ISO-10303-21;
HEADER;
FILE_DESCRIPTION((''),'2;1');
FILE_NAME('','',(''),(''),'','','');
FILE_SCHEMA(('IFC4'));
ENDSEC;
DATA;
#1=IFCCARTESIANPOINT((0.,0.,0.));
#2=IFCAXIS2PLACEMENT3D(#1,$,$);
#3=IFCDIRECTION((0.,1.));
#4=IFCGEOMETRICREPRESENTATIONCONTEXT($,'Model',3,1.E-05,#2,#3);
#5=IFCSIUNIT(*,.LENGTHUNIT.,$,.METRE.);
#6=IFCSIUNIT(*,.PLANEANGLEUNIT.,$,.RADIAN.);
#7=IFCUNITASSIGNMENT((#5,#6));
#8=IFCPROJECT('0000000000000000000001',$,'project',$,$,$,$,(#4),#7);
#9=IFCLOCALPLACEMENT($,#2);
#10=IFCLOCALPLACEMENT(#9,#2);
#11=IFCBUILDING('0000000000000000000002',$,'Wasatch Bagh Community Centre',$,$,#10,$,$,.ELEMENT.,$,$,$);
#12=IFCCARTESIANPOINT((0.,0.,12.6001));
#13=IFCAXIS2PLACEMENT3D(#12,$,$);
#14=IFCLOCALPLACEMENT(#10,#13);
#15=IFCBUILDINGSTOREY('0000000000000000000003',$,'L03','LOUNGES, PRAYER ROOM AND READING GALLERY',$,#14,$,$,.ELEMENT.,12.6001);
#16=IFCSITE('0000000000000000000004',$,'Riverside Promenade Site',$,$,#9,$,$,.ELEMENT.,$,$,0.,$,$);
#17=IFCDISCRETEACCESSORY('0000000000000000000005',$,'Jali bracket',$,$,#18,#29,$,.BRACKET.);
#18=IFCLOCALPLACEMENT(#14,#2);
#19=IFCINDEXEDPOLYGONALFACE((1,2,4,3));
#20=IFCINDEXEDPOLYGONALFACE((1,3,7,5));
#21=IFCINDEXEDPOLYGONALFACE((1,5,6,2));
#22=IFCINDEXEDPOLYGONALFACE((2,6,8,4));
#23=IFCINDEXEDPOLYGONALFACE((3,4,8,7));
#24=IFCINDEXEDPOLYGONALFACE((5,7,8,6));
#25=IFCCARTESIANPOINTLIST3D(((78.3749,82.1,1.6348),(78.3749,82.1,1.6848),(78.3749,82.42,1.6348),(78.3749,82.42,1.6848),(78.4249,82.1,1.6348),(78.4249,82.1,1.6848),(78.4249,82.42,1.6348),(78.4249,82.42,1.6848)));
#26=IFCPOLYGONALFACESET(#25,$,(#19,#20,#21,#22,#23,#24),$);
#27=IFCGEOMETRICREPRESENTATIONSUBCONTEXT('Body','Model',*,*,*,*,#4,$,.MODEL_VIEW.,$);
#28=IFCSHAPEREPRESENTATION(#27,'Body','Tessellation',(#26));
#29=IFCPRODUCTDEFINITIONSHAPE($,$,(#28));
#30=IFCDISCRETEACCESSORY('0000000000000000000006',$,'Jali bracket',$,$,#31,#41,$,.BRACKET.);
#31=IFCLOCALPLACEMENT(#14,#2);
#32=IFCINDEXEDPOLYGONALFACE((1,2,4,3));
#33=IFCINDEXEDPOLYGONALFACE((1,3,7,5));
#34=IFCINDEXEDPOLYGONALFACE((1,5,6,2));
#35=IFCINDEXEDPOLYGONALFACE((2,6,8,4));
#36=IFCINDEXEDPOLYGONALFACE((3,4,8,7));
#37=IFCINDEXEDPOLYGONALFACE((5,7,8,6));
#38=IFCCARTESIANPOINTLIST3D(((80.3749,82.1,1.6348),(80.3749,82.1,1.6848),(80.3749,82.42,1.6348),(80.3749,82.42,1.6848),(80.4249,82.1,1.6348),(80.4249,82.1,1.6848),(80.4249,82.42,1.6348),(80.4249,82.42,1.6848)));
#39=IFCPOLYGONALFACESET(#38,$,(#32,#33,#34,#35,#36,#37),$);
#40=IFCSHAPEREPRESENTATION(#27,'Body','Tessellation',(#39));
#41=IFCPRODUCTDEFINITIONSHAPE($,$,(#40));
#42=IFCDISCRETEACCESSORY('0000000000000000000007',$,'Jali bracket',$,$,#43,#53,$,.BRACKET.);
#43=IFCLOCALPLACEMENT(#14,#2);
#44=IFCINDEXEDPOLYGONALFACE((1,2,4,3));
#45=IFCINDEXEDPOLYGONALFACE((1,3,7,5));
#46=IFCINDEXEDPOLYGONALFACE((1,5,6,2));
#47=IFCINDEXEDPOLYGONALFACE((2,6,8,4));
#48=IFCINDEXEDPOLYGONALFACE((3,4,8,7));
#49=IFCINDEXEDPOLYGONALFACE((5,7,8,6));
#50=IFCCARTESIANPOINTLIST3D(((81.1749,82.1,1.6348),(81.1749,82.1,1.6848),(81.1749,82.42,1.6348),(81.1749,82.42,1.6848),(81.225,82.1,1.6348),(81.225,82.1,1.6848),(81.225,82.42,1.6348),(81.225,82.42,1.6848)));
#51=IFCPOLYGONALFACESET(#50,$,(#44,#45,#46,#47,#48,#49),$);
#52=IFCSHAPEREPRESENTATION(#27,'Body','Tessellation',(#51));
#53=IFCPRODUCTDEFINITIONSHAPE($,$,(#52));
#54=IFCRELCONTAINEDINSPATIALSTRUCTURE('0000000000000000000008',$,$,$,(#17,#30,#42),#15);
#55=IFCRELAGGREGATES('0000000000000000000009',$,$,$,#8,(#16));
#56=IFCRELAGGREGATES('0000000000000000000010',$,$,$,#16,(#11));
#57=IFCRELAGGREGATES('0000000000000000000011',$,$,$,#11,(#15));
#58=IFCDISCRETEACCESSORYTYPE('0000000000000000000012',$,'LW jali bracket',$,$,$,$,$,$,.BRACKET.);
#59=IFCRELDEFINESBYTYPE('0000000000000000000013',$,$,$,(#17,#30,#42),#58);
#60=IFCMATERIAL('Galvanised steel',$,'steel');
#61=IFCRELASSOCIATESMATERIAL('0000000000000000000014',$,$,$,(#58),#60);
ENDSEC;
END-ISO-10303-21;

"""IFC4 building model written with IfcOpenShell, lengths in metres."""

from ifc_helpers import new_model, si_unit, direction, frame, origin, origin_2d, place, context, subcontext, project, spatial, rectangle, extrude, material, type_object, element, save


model = new_model("IFC4")

# Units and contexts
model_context = context("Model", 3, precision=1e-05, world=origin(), true_north=direction((0.0, 1.0)))
body_context = subcontext(model_context, "Body", "Model", "MODEL_VIEW")
ifc_project = project(units=[si_unit("LENGTHUNIT", "METRE"), si_unit("PLANEANGLEUNIT", "RADIAN")], contexts=[model_context])

# Site, building, storey
site_placement = place(None, origin())
site = spatial("IfcSite", under=ifc_project, at=site_placement, Name="Riverside Promenade Site", CompositionType="ELEMENT", RefElevation=0.0)
building_placement = place(site_placement, origin())
building = spatial("IfcBuilding", under=site, at=building_placement, Name="Wasatch Bagh Community Centre", CompositionType="ELEMENT")
storey_placement = place(building_placement, frame((0.0, 0.0, 12.6001)))
storey = spatial("IfcBuildingStorey", under=building, at=storey_placement, Name="L03", Description="LOUNGES, PRAYER ROOM AND READING GALLERY", CompositionType="ELEMENT", Elevation=12.6001)

# Discrete accessories
ifc_material_1 = material(Name="Galvanised steel", Category="steel")
discrete_accessory_type = type_object("IfcDiscreteAccessoryType", Name="LW jali bracket", PredefinedType="BRACKET", material=ifc_material_1)
for number, where, z_axis, x_axis, name in (
    (1, (78.3999, 82.26, 1.6348), (0.0, 0.0, 1.0), (1.0, 0.0, 0.0), "Jali bracket"),
    (2, (80.3999, 82.26, 1.6348), (0.0, 0.0, 1.0), (1.0, 0.0, 0.0), "Jali bracket"),
    (3, (81.2, 82.26, 1.6348), (0.0, 0.0, 1.0), (1.0, 0.0, 0.0), "Jali bracket"),
):
    element("IfcDiscreteAccessory", number, at=place(storey_placement, frame(where, z_axis=z_axis, x_axis=x_axis)), inside=storey, type_object=discrete_accessory_type, Name=name, PredefinedType="BRACKET", context=body_context, shape_type="SweptSolid", body=[
        extrude(rectangle(XDim=0.05, YDim=0.3201, at=origin_2d()), origin(), (0.0, 0.0, 1.0), 0.05),
    ])

save(model, "model.ifc")
